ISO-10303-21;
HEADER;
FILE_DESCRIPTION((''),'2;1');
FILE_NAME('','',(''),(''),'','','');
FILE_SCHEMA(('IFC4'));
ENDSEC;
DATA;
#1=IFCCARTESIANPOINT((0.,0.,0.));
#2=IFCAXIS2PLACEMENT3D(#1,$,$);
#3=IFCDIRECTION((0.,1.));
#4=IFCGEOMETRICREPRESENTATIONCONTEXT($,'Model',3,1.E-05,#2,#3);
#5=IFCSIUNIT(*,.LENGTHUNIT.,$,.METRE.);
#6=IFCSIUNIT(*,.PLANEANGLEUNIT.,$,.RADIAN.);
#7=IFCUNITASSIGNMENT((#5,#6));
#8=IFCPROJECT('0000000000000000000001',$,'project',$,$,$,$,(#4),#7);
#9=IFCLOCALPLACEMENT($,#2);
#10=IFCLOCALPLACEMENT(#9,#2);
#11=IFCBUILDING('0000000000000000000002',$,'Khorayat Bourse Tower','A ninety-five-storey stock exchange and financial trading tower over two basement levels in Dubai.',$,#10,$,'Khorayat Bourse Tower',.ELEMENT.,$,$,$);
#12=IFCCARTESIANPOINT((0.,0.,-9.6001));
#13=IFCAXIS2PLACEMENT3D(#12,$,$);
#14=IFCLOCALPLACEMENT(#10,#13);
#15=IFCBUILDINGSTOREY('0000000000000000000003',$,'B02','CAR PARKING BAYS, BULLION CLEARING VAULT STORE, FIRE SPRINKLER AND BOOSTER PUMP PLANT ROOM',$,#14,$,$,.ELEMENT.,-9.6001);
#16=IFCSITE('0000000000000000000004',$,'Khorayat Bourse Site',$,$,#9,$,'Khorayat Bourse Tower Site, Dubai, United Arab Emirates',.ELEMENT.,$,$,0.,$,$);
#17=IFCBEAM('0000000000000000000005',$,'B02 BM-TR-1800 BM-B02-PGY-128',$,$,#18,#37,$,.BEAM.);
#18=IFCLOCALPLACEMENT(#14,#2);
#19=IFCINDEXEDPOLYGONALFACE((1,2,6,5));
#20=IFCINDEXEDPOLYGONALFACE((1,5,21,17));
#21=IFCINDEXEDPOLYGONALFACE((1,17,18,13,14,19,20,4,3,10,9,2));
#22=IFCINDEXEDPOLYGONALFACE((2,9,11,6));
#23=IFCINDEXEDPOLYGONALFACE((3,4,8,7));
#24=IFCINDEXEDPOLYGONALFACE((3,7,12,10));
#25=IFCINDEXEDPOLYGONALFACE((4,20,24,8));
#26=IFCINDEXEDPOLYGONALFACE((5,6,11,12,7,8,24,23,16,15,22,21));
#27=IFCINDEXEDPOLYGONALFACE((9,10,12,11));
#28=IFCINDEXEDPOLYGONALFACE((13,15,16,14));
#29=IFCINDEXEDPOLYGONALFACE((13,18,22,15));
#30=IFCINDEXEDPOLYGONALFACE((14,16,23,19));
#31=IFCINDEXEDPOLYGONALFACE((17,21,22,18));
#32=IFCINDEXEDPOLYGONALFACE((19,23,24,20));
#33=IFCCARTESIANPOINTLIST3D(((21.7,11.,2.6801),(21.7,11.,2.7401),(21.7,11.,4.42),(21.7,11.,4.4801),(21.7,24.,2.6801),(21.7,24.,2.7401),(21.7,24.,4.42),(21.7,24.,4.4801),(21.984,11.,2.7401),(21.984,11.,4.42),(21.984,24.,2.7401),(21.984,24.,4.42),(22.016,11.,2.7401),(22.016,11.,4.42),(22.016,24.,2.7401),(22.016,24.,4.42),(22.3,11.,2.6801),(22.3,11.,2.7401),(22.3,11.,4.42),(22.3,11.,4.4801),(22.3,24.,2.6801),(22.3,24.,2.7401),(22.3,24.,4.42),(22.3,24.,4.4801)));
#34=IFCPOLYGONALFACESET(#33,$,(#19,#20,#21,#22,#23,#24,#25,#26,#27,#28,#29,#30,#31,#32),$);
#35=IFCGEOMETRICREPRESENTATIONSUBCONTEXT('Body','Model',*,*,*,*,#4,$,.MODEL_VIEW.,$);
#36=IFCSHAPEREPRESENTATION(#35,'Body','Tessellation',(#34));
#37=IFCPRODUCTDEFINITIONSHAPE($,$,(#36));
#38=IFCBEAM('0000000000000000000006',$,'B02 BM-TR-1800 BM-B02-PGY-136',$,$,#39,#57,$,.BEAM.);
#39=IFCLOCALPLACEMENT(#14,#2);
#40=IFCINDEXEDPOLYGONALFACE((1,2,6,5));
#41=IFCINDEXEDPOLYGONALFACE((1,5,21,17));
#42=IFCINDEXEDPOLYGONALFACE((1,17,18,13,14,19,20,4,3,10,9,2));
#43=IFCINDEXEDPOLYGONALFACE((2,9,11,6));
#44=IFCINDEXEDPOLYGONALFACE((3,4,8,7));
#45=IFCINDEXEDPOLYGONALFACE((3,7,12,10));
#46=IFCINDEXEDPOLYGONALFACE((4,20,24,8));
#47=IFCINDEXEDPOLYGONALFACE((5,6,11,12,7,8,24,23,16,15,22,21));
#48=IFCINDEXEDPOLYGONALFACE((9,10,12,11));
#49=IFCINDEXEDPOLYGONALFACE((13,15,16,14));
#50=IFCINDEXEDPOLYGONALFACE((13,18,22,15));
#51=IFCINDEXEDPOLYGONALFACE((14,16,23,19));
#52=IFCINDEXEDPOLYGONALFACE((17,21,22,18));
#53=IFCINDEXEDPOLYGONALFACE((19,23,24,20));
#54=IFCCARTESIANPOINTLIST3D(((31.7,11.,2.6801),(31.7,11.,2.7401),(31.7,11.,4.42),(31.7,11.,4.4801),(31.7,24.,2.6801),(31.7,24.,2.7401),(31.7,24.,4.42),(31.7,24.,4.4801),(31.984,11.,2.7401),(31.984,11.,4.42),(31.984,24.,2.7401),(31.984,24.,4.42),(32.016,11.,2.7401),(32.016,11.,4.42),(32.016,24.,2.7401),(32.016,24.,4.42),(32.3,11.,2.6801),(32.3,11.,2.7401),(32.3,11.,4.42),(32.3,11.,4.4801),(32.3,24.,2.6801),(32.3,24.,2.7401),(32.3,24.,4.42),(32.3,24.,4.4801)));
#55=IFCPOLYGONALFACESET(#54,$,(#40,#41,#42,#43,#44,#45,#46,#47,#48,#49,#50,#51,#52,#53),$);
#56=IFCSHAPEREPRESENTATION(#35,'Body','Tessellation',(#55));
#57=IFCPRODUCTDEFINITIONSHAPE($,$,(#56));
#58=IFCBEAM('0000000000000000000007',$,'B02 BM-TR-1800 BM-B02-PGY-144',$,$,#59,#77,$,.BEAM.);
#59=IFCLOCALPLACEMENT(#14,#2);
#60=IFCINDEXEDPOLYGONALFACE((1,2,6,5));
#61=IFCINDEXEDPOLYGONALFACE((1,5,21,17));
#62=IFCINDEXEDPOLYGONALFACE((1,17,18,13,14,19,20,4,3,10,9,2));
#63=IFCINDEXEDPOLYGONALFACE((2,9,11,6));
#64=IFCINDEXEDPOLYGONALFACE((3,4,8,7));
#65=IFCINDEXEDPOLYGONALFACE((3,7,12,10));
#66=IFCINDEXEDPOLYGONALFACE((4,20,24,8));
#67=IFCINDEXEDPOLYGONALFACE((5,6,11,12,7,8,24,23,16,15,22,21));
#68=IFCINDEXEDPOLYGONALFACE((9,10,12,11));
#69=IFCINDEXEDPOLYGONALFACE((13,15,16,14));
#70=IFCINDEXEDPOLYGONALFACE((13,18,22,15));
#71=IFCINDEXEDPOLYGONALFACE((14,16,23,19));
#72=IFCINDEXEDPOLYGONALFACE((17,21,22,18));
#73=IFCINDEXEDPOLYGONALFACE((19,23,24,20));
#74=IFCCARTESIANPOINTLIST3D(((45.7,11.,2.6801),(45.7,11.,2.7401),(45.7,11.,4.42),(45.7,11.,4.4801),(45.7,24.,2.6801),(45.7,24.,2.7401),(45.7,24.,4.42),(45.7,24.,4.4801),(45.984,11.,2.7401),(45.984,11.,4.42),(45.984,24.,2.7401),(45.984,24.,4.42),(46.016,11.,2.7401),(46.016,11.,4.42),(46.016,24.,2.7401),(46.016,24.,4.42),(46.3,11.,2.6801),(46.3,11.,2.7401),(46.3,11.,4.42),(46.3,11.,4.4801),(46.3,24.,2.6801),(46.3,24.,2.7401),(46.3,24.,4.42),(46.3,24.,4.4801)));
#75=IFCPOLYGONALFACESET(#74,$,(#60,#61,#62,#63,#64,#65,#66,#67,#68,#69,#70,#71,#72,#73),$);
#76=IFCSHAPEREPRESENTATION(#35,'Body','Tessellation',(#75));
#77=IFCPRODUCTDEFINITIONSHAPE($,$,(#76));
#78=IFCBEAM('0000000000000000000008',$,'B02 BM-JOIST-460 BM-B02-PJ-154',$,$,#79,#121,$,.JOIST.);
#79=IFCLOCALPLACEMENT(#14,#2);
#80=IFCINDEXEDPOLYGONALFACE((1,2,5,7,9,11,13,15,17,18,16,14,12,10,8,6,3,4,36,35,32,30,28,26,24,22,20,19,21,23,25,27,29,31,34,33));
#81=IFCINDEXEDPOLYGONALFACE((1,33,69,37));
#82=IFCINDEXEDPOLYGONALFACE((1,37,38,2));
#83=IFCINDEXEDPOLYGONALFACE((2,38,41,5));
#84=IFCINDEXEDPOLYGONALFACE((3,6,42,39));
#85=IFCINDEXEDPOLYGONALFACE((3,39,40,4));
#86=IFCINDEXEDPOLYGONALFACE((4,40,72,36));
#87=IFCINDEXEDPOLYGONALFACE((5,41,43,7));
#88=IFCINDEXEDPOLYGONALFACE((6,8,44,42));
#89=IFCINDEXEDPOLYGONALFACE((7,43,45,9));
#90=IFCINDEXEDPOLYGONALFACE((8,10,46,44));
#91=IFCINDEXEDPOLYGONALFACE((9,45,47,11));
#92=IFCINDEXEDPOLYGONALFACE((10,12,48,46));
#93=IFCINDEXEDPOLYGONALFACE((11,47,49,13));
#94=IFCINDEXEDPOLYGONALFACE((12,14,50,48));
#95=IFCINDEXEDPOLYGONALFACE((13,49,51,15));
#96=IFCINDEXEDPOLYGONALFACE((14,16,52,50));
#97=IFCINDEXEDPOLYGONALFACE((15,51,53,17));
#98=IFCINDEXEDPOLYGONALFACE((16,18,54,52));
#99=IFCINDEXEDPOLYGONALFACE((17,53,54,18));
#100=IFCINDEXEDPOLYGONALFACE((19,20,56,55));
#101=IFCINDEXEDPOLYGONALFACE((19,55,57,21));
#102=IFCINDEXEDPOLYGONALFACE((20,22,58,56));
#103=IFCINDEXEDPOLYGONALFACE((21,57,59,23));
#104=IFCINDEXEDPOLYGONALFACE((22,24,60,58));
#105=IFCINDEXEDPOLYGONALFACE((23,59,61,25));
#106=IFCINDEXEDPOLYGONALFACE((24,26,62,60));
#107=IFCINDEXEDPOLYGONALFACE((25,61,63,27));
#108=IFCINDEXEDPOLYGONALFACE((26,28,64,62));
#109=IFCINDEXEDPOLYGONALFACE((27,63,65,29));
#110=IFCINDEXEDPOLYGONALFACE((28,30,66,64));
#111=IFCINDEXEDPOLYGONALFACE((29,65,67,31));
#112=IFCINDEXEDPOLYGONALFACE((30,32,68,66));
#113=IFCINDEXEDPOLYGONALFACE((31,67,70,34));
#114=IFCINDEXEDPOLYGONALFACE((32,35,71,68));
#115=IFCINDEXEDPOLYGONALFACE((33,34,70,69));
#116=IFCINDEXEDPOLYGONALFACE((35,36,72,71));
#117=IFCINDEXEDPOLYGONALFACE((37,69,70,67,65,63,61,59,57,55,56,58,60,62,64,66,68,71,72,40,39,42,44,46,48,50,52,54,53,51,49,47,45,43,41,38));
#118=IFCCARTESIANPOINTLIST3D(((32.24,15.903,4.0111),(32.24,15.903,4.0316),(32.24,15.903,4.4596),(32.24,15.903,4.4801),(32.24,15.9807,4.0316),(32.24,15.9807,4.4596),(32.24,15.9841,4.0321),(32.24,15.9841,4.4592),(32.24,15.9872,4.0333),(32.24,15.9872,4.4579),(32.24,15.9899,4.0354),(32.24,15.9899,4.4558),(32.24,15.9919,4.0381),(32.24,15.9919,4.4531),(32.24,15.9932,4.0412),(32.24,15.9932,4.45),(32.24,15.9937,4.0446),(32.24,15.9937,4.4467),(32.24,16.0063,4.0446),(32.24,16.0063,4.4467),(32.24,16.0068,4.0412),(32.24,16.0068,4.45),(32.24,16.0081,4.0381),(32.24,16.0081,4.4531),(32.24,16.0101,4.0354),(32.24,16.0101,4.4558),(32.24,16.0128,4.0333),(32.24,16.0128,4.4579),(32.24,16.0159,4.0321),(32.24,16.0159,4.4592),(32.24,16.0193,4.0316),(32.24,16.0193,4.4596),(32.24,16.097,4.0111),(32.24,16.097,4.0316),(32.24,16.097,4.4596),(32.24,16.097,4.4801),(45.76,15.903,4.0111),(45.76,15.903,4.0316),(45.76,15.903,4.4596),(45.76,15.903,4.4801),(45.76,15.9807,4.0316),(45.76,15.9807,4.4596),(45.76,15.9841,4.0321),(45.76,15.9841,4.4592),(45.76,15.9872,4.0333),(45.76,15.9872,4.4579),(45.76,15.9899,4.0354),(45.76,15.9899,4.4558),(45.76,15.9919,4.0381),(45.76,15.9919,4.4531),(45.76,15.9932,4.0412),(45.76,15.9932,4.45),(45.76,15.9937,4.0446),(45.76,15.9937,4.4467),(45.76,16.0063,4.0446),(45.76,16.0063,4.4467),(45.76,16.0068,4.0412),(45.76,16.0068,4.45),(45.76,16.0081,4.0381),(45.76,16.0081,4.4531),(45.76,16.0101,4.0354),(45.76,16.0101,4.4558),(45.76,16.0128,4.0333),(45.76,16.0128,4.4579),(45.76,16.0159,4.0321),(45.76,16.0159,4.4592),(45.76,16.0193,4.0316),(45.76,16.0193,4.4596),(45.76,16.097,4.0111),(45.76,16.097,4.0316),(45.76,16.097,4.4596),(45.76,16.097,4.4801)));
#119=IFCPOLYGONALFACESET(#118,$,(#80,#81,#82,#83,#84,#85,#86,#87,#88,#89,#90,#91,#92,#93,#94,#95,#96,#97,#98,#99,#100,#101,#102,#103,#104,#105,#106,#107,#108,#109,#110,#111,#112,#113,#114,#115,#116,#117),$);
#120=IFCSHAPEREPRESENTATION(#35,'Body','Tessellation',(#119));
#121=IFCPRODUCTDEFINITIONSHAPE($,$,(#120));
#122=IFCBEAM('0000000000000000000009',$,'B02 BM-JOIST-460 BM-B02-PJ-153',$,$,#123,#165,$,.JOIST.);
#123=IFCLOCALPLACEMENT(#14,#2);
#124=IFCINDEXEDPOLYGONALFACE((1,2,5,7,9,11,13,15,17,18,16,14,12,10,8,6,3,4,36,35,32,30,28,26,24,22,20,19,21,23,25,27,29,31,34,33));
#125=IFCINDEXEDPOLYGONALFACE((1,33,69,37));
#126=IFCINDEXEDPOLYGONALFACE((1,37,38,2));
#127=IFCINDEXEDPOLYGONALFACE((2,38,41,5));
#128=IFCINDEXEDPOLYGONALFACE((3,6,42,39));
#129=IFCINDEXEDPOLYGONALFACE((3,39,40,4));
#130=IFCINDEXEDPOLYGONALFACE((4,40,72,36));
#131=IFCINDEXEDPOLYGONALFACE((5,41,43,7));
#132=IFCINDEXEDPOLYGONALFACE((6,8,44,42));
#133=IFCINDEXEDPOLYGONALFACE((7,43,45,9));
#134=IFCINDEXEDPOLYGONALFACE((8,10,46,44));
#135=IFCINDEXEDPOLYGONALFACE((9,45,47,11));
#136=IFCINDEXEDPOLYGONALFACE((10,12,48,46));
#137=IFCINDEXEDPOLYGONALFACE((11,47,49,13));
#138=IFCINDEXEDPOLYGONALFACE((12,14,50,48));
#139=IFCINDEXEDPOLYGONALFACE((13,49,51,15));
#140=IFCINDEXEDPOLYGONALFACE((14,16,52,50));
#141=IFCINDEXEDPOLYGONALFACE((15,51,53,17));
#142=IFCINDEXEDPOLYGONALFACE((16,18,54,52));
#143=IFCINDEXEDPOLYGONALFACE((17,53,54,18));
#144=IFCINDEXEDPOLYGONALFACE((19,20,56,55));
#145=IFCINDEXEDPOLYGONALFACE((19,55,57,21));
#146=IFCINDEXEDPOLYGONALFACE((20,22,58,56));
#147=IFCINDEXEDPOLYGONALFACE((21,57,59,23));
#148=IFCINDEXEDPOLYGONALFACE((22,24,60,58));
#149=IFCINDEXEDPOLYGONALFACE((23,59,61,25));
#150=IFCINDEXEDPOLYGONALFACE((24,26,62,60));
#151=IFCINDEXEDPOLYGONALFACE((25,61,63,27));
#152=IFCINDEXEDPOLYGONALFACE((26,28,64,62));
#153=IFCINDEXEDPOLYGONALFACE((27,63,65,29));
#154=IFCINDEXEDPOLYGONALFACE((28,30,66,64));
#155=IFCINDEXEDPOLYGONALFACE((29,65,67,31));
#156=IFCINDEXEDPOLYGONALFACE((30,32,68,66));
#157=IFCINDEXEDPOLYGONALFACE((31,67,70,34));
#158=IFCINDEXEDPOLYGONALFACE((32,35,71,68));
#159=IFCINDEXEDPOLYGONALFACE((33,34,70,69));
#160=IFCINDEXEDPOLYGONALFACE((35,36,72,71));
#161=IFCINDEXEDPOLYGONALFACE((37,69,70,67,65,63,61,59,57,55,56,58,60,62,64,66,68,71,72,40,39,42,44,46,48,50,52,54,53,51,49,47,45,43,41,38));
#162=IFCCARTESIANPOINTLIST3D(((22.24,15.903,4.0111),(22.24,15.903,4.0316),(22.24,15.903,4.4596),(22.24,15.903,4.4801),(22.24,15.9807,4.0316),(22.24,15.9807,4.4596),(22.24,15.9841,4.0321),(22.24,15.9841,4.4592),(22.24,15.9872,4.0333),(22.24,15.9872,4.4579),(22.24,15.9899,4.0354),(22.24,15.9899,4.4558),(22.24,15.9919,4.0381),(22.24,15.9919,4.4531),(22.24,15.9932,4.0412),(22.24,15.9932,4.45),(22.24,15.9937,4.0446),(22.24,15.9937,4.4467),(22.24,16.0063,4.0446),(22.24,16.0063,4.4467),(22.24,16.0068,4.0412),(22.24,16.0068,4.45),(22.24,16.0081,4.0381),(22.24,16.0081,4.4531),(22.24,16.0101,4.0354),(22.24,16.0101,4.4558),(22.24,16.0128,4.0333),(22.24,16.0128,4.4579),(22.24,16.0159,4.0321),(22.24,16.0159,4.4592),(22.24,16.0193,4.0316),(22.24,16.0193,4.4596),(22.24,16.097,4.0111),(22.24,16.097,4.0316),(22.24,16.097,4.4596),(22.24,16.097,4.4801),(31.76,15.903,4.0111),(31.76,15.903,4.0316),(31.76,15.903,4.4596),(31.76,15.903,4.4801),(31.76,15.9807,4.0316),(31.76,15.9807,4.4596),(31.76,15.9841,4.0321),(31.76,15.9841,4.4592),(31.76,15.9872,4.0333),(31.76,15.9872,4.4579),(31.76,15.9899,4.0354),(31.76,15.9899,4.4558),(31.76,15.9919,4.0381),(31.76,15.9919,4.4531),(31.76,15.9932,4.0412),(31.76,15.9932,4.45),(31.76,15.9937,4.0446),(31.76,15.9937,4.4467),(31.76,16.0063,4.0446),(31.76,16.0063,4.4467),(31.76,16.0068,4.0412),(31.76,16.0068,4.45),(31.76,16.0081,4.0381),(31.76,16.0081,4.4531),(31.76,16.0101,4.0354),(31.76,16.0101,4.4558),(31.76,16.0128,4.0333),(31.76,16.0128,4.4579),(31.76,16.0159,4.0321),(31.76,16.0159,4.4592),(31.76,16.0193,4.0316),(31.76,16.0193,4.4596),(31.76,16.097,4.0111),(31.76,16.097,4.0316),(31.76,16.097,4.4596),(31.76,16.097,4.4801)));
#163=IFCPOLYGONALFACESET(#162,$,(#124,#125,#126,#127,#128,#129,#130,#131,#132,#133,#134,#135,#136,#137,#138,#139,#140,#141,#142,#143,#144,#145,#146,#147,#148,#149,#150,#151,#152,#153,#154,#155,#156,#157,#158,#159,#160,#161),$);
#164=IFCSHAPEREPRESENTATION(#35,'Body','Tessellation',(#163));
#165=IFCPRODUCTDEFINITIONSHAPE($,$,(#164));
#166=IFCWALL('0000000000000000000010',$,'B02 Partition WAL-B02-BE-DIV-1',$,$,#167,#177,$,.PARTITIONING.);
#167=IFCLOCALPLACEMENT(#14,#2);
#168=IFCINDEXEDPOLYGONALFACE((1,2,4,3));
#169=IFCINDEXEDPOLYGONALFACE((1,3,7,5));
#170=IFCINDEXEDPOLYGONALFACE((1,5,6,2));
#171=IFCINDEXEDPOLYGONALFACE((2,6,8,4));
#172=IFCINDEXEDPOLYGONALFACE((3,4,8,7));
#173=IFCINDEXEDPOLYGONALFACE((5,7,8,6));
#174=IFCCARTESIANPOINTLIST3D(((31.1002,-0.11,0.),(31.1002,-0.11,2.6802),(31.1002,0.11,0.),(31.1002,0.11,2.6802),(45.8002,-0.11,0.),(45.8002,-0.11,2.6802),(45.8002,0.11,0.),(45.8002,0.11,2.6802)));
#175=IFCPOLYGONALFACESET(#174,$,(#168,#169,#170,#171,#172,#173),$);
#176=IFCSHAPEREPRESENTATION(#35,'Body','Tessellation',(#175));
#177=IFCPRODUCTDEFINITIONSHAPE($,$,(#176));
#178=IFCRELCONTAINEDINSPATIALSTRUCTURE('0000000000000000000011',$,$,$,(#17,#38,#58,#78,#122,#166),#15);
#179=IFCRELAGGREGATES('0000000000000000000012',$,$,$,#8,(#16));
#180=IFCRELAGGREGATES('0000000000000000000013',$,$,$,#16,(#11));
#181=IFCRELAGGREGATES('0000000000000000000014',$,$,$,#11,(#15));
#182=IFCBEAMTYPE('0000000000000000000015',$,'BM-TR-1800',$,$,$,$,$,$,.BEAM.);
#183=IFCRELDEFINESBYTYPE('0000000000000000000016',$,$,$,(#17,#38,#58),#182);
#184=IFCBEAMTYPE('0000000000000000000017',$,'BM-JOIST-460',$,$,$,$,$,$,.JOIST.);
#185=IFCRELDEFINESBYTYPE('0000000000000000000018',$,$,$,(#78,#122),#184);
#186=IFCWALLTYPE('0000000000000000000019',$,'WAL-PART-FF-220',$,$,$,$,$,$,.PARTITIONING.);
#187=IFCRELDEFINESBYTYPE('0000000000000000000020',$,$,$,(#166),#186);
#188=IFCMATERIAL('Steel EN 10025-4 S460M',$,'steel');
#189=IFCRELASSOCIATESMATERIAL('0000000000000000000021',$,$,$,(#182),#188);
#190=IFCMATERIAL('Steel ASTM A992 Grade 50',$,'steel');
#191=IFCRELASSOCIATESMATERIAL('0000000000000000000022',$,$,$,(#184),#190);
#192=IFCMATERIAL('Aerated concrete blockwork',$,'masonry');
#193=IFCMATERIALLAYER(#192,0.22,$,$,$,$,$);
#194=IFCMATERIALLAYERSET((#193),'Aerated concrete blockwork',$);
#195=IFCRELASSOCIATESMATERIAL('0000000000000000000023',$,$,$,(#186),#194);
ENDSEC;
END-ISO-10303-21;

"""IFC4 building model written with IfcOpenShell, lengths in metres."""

from ifc_helpers import new_model, si_unit, direction, frame, frame_2d, origin, origin_2d, place, context, subcontext, project, spatial, rectangle, i_section, extrude, source, transform, mapped, material, layer, layer_set, material_profile, profile_set, type_object, element, save


model = new_model("IFC4")

# Units and contexts
model_context = context("Model", 3, precision=1e-05, world=origin(), true_north=direction((0.0, 1.0)))
body_context = subcontext(model_context, "Body", "Model", "MODEL_VIEW")
ifc_project = project(units=[si_unit("LENGTHUNIT", "METRE"), si_unit("PLANEANGLEUNIT", "RADIAN")], contexts=[model_context])

# Site, building, storey
site_placement = place(None, origin())
site = spatial("IfcSite", under=ifc_project, at=site_placement, Name="Khorayat Bourse Site", LongName="Khorayat Bourse Tower Site, Dubai, United Arab Emirates", CompositionType="ELEMENT", RefElevation=0.0)
building_placement = place(site_placement, origin())
building = spatial("IfcBuilding", under=site, at=building_placement, Name="Khorayat Bourse Tower", Description="A ninety-five-storey stock exchange and financial trading tower over two basement levels in Dubai.", LongName="Khorayat Bourse Tower", CompositionType="ELEMENT")
storey_placement = place(building_placement, frame((0.0, 0.0, -9.6001)))
storey = spatial("IfcBuildingStorey", under=building, at=storey_placement, Name="B02", Description="CAR PARKING BAYS, BULLION CLEARING VAULT STORE, FIRE SPRINKLER AND BOOSTER PUMP PLANT ROOM", CompositionType="ELEMENT", Elevation=-9.6001)

# Beams
ifc_material_1 = material(Name="Steel EN 10025-4 S460M", Category="steel")
ifc_material_profile_1 = material_profile(ifc_material_1, i_section(OverallWidth=0.6001, OverallDepth=1.8, WebThickness=0.032, FlangeThickness=0.0601, at=origin_2d()), Name="PG 1800x600x32x60")
ifc_profile_set_1 = profile_set([ifc_material_profile_1], Name="Steel EN 10025-4 S460M")
beam_type_1 = type_object("IfcBeamType", Name="BM-TR-1800", PredefinedType="BEAM", material=ifc_profile_set_1)
shared_shape_1 = source(origin(), body_context, "Body", "SweptSolid", [
    extrude(i_section(OverallWidth=0.6001, OverallDepth=1.8, WebThickness=0.032, FlangeThickness=0.0601, at=origin_2d()), origin(), (0.0, 0.0, 1.0), 13.0),
])
for number, where, z_axis, x_axis, name in (
    (1, (22.0, 11.0, 3.5801), (0.0, 1.0, 0.0), (-1.0, 0.0, 0.0), "B02 BM-TR-1800 BM-B02-PGY-128"),
    (2, (32.0, 11.0, 3.5801), (0.0, 1.0, 0.0), (-1.0, 0.0, 0.0), "B02 BM-TR-1800 BM-B02-PGY-136"),
    (3, (46.0, 11.0, 3.5801), (0.0, 1.0, 0.0), (-1.0, 0.0, 0.0), "B02 BM-TR-1800 BM-B02-PGY-144"),
):
    element("IfcBeam", number, at=place(storey_placement, frame(where, z_axis=z_axis, x_axis=x_axis)), inside=storey, type_object=beam_type_1, Name=name, PredefinedType="BEAM", context=body_context, shape_type="MappedRepresentation", body=[
        mapped(shared_shape_1, transform((0.0, 0.0, 0.0), scale=1.0)),
    ])
ifc_material_2 = material(Name="Steel ASTM A992 Grade 50", Category="steel")
ifc_material_profile_2 = material_profile(ifc_material_2, i_section(OverallWidth=0.1941, OverallDepth=0.469, WebThickness=0.0127, FlangeThickness=0.0205, FilletRadius=0.0129, at=origin_2d()), Name="W460X106")
ifc_profile_set_2 = profile_set([ifc_material_profile_2], Name="Steel ASTM A992 Grade 50")
beam_type_2 = type_object("IfcBeamType", Name="BM-JOIST-460", PredefinedType="JOIST", material=ifc_profile_set_2)
shared_shape_2 = source(origin(), body_context, "Body", "SweptSolid", [
    extrude(i_section(OverallWidth=0.1941, OverallDepth=0.469, WebThickness=0.0127, FlangeThickness=0.0205, FilletRadius=0.0129, at=origin_2d()), origin(), (0.0, 0.0, 1.0), 13.52),
])
beam_1_placement = place(storey_placement, frame((32.24, 16.0, 4.2456), z_axis=(1.0, 0.0, 0.0), x_axis=(0.0, 1.0, 0.0)))
element("IfcBeam", 4, at=beam_1_placement, inside=storey, type_object=beam_type_2, Name="B02 BM-JOIST-460 BM-B02-PJ-154", PredefinedType="JOIST", context=body_context, shape_type="MappedRepresentation", body=[
    mapped(shared_shape_2, transform((0.0, 0.0, 0.0), scale=1.0)),
])
shared_shape_3 = source(origin(), body_context, "Body", "SweptSolid", [
    extrude(i_section(OverallWidth=0.1941, OverallDepth=0.469, WebThickness=0.0127, FlangeThickness=0.0205, FilletRadius=0.0129, at=origin_2d()), origin(), (0.0, 0.0, 1.0), 9.52),
])
beam_2_placement = place(storey_placement, frame((22.24, 16.0, 4.2456), z_axis=(1.0, 0.0, 0.0), x_axis=(0.0, 1.0, 0.0)))
element("IfcBeam", 5, at=beam_2_placement, inside=storey, type_object=beam_type_2, Name="B02 BM-JOIST-460 BM-B02-PJ-153", PredefinedType="JOIST", context=body_context, shape_type="MappedRepresentation", body=[
    mapped(shared_shape_3, transform((0.0, 0.0, 0.0), scale=1.0)),
])

# Wall
ifc_material_3 = material(Name="Aerated concrete blockwork", Category="masonry")
ifc_layer = layer(ifc_material_3, 0.22)
ifc_layer_set = layer_set([ifc_layer], Name="Aerated concrete blockwork")
wall_type = type_object("IfcWallType", Name="WAL-PART-FF-220", PredefinedType="PARTITIONING", material=ifc_layer_set)
shared_shape_4 = source(origin(), body_context, "Body", "SweptSolid", [
    extrude(rectangle(XDim=14.7, YDim=0.22, at=frame_2d((7.3501, 0.0))), origin(), (0.0, 0.0, 1.0), 2.6802),
])
wall_placement = place(storey_placement, frame((31.1001, 0.0, 0.0), z_axis=(0.0, 0.0, 1.0), x_axis=(1.0, 0.0, 0.0)))
element("IfcWall", 6, at=wall_placement, inside=storey, type_object=wall_type, Name="B02 Partition WAL-B02-BE-DIV-1", PredefinedType="PARTITIONING", context=body_context, shape_type="MappedRepresentation", body=[
    mapped(shared_shape_4, transform((0.0, 0.0, 0.0), scale=1.0)),
])

save(model, "model.ifc")
